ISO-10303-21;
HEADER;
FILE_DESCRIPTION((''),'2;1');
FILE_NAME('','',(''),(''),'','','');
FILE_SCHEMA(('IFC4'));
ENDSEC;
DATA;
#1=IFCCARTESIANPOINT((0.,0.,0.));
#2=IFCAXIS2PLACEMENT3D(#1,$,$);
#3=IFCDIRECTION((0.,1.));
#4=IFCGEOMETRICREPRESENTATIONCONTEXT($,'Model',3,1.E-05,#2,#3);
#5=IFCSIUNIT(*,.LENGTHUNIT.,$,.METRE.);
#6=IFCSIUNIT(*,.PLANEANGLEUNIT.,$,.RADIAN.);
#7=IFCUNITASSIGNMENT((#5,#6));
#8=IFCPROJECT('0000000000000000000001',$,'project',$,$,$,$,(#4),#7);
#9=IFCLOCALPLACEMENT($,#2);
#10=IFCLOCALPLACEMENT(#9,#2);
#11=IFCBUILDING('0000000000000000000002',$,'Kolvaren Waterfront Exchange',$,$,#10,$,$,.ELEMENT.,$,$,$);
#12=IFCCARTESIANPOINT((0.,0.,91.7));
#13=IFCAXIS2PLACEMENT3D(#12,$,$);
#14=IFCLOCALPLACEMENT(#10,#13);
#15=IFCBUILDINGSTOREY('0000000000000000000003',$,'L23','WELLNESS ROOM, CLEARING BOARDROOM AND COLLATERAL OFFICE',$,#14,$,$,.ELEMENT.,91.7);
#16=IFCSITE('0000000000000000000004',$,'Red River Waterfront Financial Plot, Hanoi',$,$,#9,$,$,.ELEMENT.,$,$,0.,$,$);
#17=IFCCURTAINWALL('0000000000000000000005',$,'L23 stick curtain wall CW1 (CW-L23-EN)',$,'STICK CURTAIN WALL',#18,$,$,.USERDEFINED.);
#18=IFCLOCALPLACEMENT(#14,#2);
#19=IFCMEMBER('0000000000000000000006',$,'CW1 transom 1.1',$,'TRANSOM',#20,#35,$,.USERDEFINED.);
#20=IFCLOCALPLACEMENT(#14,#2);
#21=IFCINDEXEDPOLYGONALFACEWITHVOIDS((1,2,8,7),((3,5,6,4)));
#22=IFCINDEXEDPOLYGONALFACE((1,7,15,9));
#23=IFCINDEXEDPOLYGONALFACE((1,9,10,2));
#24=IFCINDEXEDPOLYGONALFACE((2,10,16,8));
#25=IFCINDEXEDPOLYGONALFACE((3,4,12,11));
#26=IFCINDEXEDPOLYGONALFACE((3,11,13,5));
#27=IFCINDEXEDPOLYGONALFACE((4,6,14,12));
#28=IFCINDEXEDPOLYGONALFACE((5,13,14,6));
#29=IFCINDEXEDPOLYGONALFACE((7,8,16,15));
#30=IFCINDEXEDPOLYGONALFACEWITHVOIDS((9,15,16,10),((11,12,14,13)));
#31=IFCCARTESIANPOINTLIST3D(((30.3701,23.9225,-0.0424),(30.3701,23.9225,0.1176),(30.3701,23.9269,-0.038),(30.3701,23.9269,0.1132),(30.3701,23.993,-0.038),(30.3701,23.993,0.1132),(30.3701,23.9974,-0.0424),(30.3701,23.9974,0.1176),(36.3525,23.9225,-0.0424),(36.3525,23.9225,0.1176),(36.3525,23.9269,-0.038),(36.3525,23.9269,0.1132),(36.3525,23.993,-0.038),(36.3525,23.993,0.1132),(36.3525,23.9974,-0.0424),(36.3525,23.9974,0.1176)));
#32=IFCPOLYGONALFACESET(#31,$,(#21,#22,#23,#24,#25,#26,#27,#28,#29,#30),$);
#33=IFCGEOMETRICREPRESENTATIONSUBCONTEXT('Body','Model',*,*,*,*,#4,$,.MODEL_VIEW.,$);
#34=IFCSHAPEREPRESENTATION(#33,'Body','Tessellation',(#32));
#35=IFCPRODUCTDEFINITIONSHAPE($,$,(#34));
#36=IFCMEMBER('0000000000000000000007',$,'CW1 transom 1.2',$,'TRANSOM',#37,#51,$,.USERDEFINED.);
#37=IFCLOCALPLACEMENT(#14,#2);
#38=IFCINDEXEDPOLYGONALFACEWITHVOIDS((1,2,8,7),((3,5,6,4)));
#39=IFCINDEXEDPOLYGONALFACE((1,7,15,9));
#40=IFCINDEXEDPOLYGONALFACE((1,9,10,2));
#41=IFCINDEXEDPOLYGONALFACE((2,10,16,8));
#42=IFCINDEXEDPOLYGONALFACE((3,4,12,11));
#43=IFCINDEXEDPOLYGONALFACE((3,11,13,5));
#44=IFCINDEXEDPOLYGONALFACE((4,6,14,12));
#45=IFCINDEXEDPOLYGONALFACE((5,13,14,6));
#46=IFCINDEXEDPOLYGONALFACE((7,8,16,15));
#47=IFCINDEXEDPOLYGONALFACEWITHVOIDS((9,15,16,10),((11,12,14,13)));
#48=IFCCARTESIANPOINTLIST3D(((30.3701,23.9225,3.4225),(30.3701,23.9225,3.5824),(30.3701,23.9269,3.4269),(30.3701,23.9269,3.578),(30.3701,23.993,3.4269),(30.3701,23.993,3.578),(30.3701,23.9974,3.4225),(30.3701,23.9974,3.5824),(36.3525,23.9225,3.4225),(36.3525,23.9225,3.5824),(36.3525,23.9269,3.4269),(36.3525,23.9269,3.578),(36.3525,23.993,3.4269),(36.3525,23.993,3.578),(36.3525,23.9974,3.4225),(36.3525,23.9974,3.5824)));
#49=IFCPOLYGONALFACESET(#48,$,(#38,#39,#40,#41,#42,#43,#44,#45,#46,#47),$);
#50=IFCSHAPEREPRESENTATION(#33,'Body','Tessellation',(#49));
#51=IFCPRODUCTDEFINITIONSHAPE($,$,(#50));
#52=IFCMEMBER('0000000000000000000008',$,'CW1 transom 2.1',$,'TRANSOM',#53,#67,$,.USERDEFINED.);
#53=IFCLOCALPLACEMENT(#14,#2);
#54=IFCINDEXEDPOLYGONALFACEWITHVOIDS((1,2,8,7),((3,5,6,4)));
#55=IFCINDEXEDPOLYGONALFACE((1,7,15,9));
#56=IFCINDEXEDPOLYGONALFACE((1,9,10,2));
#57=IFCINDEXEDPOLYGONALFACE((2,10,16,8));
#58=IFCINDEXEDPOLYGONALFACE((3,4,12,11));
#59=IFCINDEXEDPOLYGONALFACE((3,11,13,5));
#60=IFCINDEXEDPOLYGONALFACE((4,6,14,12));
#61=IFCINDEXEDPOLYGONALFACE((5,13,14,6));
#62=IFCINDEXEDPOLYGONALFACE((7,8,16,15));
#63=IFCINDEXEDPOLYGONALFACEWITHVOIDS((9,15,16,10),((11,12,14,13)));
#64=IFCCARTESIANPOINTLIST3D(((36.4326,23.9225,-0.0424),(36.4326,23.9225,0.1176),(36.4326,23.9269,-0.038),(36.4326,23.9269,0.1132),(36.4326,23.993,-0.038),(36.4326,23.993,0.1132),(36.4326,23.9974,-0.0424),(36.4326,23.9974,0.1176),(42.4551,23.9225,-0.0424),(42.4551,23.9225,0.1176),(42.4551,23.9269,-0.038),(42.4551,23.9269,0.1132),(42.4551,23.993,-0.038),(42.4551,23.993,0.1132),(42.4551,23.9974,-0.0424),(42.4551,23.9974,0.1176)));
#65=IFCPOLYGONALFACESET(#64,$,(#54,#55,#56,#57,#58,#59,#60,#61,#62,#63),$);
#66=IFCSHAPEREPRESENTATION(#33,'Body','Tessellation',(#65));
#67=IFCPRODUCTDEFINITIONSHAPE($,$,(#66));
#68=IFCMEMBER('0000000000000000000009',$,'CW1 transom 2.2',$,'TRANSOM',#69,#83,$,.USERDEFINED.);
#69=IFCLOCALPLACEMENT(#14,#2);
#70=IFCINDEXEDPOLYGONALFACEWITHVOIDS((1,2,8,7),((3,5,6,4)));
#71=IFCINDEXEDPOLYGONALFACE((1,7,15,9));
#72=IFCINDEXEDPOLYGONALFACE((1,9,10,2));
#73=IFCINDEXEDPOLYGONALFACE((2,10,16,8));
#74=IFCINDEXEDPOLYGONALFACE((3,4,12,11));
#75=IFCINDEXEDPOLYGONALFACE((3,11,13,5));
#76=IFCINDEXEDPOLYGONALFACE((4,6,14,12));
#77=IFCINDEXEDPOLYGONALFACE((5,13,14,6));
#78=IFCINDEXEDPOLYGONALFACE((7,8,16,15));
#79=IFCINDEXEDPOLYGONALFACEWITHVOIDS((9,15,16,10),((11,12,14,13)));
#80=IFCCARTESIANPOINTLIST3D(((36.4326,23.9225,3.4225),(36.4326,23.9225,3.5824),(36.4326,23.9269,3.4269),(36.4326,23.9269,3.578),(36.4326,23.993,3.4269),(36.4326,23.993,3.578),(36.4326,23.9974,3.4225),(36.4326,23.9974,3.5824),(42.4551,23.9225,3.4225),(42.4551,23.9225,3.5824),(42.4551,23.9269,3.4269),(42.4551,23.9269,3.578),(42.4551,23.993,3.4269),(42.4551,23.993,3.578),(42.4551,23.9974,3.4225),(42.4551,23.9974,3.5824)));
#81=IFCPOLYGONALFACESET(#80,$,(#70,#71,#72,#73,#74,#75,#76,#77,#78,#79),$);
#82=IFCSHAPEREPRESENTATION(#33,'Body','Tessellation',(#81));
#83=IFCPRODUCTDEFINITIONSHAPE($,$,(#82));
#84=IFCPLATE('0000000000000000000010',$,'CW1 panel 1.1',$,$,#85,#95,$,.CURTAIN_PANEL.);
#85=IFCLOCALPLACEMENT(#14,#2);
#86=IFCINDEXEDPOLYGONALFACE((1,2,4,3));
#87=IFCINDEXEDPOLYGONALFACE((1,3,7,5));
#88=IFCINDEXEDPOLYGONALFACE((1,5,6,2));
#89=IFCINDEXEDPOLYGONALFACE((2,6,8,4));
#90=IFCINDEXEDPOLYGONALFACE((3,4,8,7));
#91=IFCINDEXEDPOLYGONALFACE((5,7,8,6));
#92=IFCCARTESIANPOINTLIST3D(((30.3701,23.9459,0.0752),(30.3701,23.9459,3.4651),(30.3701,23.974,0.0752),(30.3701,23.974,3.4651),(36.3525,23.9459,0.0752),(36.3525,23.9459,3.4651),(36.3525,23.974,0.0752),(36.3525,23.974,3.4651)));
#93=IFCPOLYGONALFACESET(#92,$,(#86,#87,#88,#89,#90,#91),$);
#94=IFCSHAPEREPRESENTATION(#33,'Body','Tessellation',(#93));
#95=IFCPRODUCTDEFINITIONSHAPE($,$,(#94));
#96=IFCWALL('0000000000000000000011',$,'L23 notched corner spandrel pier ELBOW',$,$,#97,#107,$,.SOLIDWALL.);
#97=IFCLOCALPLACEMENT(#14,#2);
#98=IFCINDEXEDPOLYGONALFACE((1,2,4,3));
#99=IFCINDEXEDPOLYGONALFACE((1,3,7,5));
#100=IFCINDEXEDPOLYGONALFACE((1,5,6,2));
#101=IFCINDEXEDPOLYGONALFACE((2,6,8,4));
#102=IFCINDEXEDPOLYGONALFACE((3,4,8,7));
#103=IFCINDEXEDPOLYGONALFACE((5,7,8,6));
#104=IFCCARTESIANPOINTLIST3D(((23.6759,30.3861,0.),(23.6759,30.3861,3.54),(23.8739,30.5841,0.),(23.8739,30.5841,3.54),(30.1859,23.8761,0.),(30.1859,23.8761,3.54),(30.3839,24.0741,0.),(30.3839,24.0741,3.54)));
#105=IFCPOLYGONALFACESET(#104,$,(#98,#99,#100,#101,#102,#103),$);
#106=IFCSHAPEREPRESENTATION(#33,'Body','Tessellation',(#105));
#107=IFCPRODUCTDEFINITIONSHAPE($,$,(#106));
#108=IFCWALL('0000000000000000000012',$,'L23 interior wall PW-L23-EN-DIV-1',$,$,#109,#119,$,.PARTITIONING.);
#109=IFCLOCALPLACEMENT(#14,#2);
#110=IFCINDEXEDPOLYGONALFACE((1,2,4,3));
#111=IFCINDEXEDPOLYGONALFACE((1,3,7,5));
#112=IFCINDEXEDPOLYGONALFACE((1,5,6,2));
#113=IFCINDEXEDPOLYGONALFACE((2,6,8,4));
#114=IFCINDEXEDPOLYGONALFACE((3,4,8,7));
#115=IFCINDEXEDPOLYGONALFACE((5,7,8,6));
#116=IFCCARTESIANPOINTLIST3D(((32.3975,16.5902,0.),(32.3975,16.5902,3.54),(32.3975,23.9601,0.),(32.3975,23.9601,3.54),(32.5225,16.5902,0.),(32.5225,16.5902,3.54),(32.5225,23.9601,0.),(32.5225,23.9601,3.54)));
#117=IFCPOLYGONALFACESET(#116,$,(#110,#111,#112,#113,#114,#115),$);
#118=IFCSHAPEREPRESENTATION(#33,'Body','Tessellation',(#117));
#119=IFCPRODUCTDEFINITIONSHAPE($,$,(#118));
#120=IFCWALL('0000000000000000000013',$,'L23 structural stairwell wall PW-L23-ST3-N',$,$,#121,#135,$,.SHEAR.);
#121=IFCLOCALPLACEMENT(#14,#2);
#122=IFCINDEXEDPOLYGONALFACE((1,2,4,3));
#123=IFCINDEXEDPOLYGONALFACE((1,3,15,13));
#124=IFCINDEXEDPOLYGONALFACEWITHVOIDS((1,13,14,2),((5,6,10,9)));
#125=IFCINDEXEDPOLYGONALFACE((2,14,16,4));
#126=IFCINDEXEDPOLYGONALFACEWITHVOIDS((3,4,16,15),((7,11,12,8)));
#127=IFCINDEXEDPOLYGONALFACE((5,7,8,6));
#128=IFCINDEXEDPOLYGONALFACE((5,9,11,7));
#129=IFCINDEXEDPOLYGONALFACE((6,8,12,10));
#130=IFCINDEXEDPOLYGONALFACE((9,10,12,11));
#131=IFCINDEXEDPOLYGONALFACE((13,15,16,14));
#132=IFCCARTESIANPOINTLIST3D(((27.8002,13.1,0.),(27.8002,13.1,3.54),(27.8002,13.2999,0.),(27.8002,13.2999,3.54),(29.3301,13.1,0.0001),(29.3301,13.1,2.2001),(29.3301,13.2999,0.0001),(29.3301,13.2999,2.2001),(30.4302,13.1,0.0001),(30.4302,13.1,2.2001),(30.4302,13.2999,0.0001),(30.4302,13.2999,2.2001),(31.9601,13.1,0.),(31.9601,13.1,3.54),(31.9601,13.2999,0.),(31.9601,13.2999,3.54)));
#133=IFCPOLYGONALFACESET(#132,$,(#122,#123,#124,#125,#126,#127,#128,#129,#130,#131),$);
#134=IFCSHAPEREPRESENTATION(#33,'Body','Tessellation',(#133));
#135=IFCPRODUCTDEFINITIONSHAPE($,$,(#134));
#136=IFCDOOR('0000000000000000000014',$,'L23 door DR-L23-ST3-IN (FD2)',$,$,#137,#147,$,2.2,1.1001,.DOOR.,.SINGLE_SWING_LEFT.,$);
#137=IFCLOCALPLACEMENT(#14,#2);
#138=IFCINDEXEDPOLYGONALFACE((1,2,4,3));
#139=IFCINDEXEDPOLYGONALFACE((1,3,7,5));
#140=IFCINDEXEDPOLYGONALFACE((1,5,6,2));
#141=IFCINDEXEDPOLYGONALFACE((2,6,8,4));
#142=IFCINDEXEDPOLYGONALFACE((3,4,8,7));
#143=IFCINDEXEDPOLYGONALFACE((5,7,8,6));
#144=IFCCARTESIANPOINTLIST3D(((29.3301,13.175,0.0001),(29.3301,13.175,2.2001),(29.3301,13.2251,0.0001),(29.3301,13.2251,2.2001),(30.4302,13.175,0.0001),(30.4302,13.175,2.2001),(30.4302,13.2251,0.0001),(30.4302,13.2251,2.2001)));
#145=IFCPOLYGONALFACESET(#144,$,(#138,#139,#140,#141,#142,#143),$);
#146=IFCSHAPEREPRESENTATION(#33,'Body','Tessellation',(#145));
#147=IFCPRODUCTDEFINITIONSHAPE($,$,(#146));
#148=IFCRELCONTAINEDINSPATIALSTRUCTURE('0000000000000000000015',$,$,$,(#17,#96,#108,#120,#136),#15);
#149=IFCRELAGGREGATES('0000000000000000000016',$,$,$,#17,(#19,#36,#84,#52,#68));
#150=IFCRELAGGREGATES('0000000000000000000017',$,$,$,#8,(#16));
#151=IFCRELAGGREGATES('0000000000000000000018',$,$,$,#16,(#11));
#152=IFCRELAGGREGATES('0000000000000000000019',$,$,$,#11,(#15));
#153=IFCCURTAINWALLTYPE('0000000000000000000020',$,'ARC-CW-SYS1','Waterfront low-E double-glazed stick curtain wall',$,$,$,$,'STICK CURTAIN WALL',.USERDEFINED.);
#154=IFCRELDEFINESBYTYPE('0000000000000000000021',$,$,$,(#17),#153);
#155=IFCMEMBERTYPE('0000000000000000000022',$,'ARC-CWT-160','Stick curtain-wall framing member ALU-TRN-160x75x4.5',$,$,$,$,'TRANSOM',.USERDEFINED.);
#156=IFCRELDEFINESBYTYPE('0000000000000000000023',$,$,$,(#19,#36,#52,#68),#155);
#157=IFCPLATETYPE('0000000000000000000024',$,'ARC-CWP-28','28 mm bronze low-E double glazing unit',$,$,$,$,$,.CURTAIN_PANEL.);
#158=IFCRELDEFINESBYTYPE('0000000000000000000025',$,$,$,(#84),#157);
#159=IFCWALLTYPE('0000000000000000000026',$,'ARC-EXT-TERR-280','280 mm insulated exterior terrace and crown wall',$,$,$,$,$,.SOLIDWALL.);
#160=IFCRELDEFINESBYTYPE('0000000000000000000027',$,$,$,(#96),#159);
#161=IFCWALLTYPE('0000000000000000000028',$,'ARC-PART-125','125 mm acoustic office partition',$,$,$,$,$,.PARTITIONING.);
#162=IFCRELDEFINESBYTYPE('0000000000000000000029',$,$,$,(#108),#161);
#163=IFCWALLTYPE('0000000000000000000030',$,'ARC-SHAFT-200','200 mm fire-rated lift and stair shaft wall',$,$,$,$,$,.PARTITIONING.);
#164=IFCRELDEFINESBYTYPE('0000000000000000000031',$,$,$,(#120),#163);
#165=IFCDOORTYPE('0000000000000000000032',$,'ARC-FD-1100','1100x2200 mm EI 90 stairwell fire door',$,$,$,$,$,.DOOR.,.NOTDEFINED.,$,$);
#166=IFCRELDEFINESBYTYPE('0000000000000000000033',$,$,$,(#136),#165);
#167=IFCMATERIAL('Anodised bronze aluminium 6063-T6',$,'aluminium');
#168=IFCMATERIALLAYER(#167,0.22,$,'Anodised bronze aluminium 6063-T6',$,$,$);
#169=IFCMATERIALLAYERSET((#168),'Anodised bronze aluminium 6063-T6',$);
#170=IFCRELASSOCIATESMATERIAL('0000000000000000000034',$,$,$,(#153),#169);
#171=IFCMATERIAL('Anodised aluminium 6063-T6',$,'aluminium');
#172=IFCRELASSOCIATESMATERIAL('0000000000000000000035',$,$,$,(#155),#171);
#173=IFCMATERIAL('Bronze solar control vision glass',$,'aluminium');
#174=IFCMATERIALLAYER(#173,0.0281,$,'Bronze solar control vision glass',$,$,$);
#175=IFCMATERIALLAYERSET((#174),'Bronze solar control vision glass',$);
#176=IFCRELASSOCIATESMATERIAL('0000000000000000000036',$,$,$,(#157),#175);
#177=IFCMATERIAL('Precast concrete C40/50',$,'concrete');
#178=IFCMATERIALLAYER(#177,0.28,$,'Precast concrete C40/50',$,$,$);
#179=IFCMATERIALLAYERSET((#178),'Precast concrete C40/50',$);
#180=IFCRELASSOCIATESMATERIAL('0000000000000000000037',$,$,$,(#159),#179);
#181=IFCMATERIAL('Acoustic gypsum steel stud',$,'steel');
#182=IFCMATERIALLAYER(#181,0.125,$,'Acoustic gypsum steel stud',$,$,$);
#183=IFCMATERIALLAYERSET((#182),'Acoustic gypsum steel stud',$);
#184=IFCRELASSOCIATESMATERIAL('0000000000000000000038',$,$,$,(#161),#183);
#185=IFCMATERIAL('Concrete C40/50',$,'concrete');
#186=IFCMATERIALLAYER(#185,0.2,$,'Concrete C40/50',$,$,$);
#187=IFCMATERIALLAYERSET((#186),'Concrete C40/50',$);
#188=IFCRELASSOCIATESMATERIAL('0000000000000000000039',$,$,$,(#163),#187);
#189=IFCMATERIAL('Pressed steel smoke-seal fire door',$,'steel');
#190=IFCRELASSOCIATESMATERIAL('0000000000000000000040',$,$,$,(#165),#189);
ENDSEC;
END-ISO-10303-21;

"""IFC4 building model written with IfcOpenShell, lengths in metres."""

from ifc_helpers import new_model, si_unit, direction, frame, frame_2d, origin, origin_with_axes, origin_2d, place, context, subcontext, project, spatial, rectangle, hollow_rectangle, extrude, source, transform, mapped, material, layer, layer_set, material_profile, profile_set, type_object, element, fill, aggregate, save


model = new_model("IFC4")

# Units and contexts
model_context = context("Model", 3, precision=1e-05, world=origin(), true_north=direction((0.0, 1.0)))
body_context = subcontext(model_context, "Body", "Model", "MODEL_VIEW")
ifc_project = project(units=[si_unit("LENGTHUNIT", "METRE"), si_unit("PLANEANGLEUNIT", "RADIAN")], contexts=[model_context])

# Site, building, storey
site_placement = place(None, origin())
site = spatial("IfcSite", under=ifc_project, at=site_placement, Name="Red River Waterfront Financial Plot, Hanoi", CompositionType="ELEMENT", RefElevation=0.0)
building_placement = place(site_placement, origin())
building = spatial("IfcBuilding", under=site, at=building_placement, Name="Kolvaren Waterfront Exchange", CompositionType="ELEMENT")
storey_placement = place(building_placement, frame((0.0, 0.0, 91.7)))
storey = spatial("IfcBuildingStorey", under=building, at=storey_placement, Name="L23", Description="WELLNESS ROOM, CLEARING BOARDROOM AND COLLATERAL OFFICE", CompositionType="ELEMENT", Elevation=91.7)

# Curtain wall, members, plate
ifc_material_1 = material(Name="Anodised bronze aluminium 6063-T6", Category="aluminium")
ifc_layer_1 = layer(ifc_material_1, 0.22, Name="Anodised bronze aluminium 6063-T6")
ifc_layer_set_1 = layer_set([ifc_layer_1], Name="Anodised bronze aluminium 6063-T6")
curtain_wall_type = type_object("IfcCurtainWallType", Name="ARC-CW-SYS1", Description="Waterfront low-E double-glazed stick curtain wall", ElementType="STICK CURTAIN WALL", PredefinedType="USERDEFINED", material=ifc_layer_set_1)
curtain_wall_placement = place(storey_placement, origin())
curtain_wall = element("IfcCurtainWall", 1, at=curtain_wall_placement, inside=storey, type_object=curtain_wall_type, Name="L23 stick curtain wall CW1 (CW-L23-EN)", ObjectType="STICK CURTAIN WALL", PredefinedType="USERDEFINED")
ifc_material_2 = material(Name="Anodised aluminium 6063-T6", Category="aluminium")
ifc_material_profile_1 = material_profile(ifc_material_2, hollow_rectangle(XDim=0.075, YDim=0.1599, WallThickness=0.0044, at=origin_2d()), Name="ALU-TRN-160x75x4.5")
ifc_profile_set_1 = profile_set([ifc_material_profile_1], Name="Anodised aluminium 6063-T6")
member_type_1 = type_object("IfcMemberType", Name="ARC-CWT-160", Description="Stick curtain-wall framing member ALU-TRN-160x75x4.5", ElementType="TRANSOM", PredefinedType="USERDEFINED", material=ifc_profile_set_1)
shared_shape_1 = source(origin_with_axes(), body_context, "Body", "SweptSolid", [
    extrude(hollow_rectangle(XDim=0.075, YDim=0.1599, WallThickness=0.0044, at=origin_2d()), origin(), (0.0, 0.0, 1.0), 5.9824),
])
member_1_placement = place(storey_placement, frame((30.3701, 23.96, 0.0376), z_axis=(1.0, 0.0, 0.0), x_axis=(0.0, 1.0, 0.0)))
member_1 = element("IfcMember", 2, at=member_1_placement, type_object=member_type_1, Name="CW1 transom 1.1", ObjectType="TRANSOM", PredefinedType="USERDEFINED", context=body_context, shape_type="MappedRepresentation", body=[
    mapped(shared_shape_1, transform((0.0, 0.0, 0.0), x_axis=(1.0, 0.0, 0.0), y_axis=(0.0, 1.0, 0.0), z_axis=(0.0, 0.0, 1.0), scale=1.0)),
])
member_2_placement = place(storey_placement, frame((30.3701, 23.96, 3.5024), z_axis=(1.0, 0.0, 0.0), x_axis=(0.0, 1.0, 0.0)))
member_2 = element("IfcMember", 3, at=member_2_placement, type_object=member_type_1, Name="CW1 transom 1.2", ObjectType="TRANSOM", PredefinedType="USERDEFINED", context=body_context, shape_type="MappedRepresentation", body=[
    mapped(shared_shape_1, transform((0.0, 0.0, 0.0), x_axis=(1.0, 0.0, 0.0), y_axis=(0.0, 1.0, 0.0), z_axis=(0.0, 0.0, 1.0), scale=1.0)),
])
shared_shape_2 = source(origin_with_axes(), body_context, "Body", "SweptSolid", [
    extrude(hollow_rectangle(XDim=0.075, YDim=0.1599, WallThickness=0.0044, at=origin_2d()), origin(), (0.0, 0.0, 1.0), 6.0225),
])
member_3_placement = place(storey_placement, frame((36.4326, 23.96, 0.0376), z_axis=(1.0, 0.0, 0.0), x_axis=(0.0, 1.0, 0.0)))
member_3 = element("IfcMember", 4, at=member_3_placement, type_object=member_type_1, Name="CW1 transom 2.1", ObjectType="TRANSOM", PredefinedType="USERDEFINED", context=body_context, shape_type="MappedRepresentation", body=[
    mapped(shared_shape_2, transform((0.0, 0.0, 0.0), x_axis=(1.0, 0.0, 0.0), y_axis=(0.0, 1.0, 0.0), z_axis=(0.0, 0.0, 1.0), scale=1.0)),
])
member_4_placement = place(storey_placement, frame((36.4326, 23.96, 3.5024), z_axis=(1.0, 0.0, 0.0), x_axis=(0.0, 1.0, 0.0)))
member_4 = element("IfcMember", 5, at=member_4_placement, type_object=member_type_1, Name="CW1 transom 2.2", ObjectType="TRANSOM", PredefinedType="USERDEFINED", context=body_context, shape_type="MappedRepresentation", body=[
    mapped(shared_shape_2, transform((0.0, 0.0, 0.0), x_axis=(1.0, 0.0, 0.0), y_axis=(0.0, 1.0, 0.0), z_axis=(0.0, 0.0, 1.0), scale=1.0)),
])
ifc_material_3 = material(Name="Bronze solar control vision glass", Category="aluminium")
ifc_layer_2 = layer(ifc_material_3, 0.0281, Name="Bronze solar control vision glass")
ifc_layer_set_2 = layer_set([ifc_layer_2], Name="Bronze solar control vision glass")
plate_type = type_object("IfcPlateType", Name="ARC-CWP-28", Description="28 mm bronze low-E double glazing unit", PredefinedType="CURTAIN_PANEL", material=ifc_layer_set_2)
shared_shape_3 = source(origin_with_axes(), body_context, "Body", "SweptSolid", [
    extrude(rectangle(XDim=5.9824, YDim=0.0281, at=origin_2d()), origin(), (0.0, 0.0, 1.0), 3.3899),
])
plate_placement = place(storey_placement, frame((33.3613, 23.96, 0.0752), z_axis=(0.0, 0.0, 1.0), x_axis=(1.0, 0.0, 0.0)))
plate = element("IfcPlate", 6, at=plate_placement, type_object=plate_type, Name="CW1 panel 1.1", PredefinedType="CURTAIN_PANEL", context=body_context, shape_type="MappedRepresentation", body=[
    mapped(shared_shape_3, transform((0.0, 0.0, 0.0), x_axis=(1.0, 0.0, 0.0), y_axis=(0.0, 1.0, 0.0), z_axis=(0.0, 0.0, 1.0), scale=1.0)),
])
aggregate(curtain_wall, [member_1, member_2, plate, member_3, member_4])

# Walls
ifc_material_4 = material(Name="Precast concrete C40/50", Category="concrete")
ifc_layer_3 = layer(ifc_material_4, 0.28, Name="Precast concrete C40/50")
ifc_layer_set_3 = layer_set([ifc_layer_3], Name="Precast concrete C40/50")
wall_type_1 = type_object("IfcWallType", Name="ARC-EXT-TERR-280", Description="280 mm insulated exterior terrace and crown wall", PredefinedType="SOLIDWALL", material=ifc_layer_set_3)
wall_1_placement = place(storey_placement, frame((30.2849, 23.9751, 0.0), z_axis=(0.0, 0.0, 1.0), x_axis=(-0.707107, 0.707107, 0.0)))
element("IfcWall", 7, at=wall_1_placement, inside=storey, type_object=wall_type_1, Name="L23 notched corner spandrel pier ELBOW", PredefinedType="SOLIDWALL", context=body_context, shape_type="SweptSolid", body=[
    extrude(rectangle(XDim=9.2065, YDim=0.28, at=frame_2d((4.6033, 0.0))), origin(), (0.0, 0.0, 1.0), 3.54),
])
ifc_material_5 = material(Name="Acoustic gypsum steel stud", Category="steel")
ifc_layer_4 = layer(ifc_material_5, 0.125, Name="Acoustic gypsum steel stud")
ifc_layer_set_4 = layer_set([ifc_layer_4], Name="Acoustic gypsum steel stud")
wall_type_2 = type_object("IfcWallType", Name="ARC-PART-125", Description="125 mm acoustic office partition", PredefinedType="PARTITIONING", material=ifc_layer_set_4)
wall_2_placement = place(storey_placement, frame((32.46, 16.5901, 0.0), z_axis=(0.0, 0.0, 1.0), x_axis=(0.0, 1.0, 0.0)))
element("IfcWall", 8, at=wall_2_placement, inside=storey, type_object=wall_type_2, Name="L23 interior wall PW-L23-EN-DIV-1", PredefinedType="PARTITIONING", context=body_context, shape_type="SweptSolid", body=[
    extrude(rectangle(XDim=7.3699, YDim=0.125, at=frame_2d((3.6851, 0.0))), origin(), (0.0, 0.0, 1.0), 3.54),
])

# Wall, opening, door
ifc_material_6 = material(Name="Concrete C40/50", Category="concrete")
ifc_layer_5 = layer(ifc_material_6, 0.2, Name="Concrete C40/50")
ifc_layer_set_5 = layer_set([ifc_layer_5], Name="Concrete C40/50")
wall_type_3 = type_object("IfcWallType", Name="ARC-SHAFT-200", Description="200 mm fire-rated lift and stair shaft wall", PredefinedType="PARTITIONING", material=ifc_layer_set_5)
wall_3_placement = place(storey_placement, frame((27.8, 13.2, 0.0), z_axis=(0.0, 0.0, 1.0), x_axis=(1.0, 0.0, 0.0)))
wall_3 = element("IfcWall", 9, at=wall_3_placement, inside=storey, type_object=wall_type_3, Name="L23 structural stairwell wall PW-L23-ST3-N", PredefinedType="SHEAR", context=body_context, shape_type="SweptSolid", body=[
    extrude(rectangle(XDim=4.1599, YDim=0.2, at=frame_2d((2.0801, 0.0))), origin(), (0.0, 0.0, 1.0), 3.54),
])
opening_1_placement = place(wall_3_placement, frame((1.53, 0.0, 0.0)))
opening_1 = element("IfcOpeningElement", 10, at=opening_1_placement, cuts=wall_3, PredefinedType="OPENING", context=body_context, shape_type="SweptSolid", body=[
    extrude(rectangle(XDim=1.1001, YDim=2.2, at=frame_2d((0.55, 1.1001))), frame((0.0, 0.1099, 0.0), z_axis=(0.0, -1.0, 0.0), x_axis=(1.0, 0.0, 0.0)), (0.0, 0.0, 1.0), 0.22),
])
ifc_material_7 = material(Name="Pressed steel smoke-seal fire door", Category="steel")
door_type_1 = type_object("IfcDoorType", Name="ARC-FD-1100", Description="1100x2200 mm EI 90 stairwell fire door", OperationType="NOTDEFINED", PredefinedType="DOOR", material=ifc_material_7)
door_1_placement = place(opening_1_placement, frame((1.1001, 0.0, 0.0), z_axis=(0.0, 0.0, 1.0), x_axis=(-1.0, 0.0, 0.0)))
door_1 = element("IfcDoor", 11, at=door_1_placement, inside=storey, type_object=door_type_1, Name="L23 door DR-L23-ST3-IN (FD2)", OperationType="SINGLE_SWING_LEFT", OverallHeight=2.2, OverallWidth=1.1001, PredefinedType="DOOR", context=body_context, shape_type="SweptSolid", body=[
    extrude(rectangle(XDim=1.1001, YDim=2.2, at=frame_2d((0.55, 1.1001))), frame((0.0, 0.0249, 0.0), z_axis=(0.0, -1.0, 0.0), x_axis=(1.0, 0.0, 0.0)), (0.0, 0.0, 1.0), 0.05),
])
fill(opening_1, door_1)

save(model, "model.ifc")
